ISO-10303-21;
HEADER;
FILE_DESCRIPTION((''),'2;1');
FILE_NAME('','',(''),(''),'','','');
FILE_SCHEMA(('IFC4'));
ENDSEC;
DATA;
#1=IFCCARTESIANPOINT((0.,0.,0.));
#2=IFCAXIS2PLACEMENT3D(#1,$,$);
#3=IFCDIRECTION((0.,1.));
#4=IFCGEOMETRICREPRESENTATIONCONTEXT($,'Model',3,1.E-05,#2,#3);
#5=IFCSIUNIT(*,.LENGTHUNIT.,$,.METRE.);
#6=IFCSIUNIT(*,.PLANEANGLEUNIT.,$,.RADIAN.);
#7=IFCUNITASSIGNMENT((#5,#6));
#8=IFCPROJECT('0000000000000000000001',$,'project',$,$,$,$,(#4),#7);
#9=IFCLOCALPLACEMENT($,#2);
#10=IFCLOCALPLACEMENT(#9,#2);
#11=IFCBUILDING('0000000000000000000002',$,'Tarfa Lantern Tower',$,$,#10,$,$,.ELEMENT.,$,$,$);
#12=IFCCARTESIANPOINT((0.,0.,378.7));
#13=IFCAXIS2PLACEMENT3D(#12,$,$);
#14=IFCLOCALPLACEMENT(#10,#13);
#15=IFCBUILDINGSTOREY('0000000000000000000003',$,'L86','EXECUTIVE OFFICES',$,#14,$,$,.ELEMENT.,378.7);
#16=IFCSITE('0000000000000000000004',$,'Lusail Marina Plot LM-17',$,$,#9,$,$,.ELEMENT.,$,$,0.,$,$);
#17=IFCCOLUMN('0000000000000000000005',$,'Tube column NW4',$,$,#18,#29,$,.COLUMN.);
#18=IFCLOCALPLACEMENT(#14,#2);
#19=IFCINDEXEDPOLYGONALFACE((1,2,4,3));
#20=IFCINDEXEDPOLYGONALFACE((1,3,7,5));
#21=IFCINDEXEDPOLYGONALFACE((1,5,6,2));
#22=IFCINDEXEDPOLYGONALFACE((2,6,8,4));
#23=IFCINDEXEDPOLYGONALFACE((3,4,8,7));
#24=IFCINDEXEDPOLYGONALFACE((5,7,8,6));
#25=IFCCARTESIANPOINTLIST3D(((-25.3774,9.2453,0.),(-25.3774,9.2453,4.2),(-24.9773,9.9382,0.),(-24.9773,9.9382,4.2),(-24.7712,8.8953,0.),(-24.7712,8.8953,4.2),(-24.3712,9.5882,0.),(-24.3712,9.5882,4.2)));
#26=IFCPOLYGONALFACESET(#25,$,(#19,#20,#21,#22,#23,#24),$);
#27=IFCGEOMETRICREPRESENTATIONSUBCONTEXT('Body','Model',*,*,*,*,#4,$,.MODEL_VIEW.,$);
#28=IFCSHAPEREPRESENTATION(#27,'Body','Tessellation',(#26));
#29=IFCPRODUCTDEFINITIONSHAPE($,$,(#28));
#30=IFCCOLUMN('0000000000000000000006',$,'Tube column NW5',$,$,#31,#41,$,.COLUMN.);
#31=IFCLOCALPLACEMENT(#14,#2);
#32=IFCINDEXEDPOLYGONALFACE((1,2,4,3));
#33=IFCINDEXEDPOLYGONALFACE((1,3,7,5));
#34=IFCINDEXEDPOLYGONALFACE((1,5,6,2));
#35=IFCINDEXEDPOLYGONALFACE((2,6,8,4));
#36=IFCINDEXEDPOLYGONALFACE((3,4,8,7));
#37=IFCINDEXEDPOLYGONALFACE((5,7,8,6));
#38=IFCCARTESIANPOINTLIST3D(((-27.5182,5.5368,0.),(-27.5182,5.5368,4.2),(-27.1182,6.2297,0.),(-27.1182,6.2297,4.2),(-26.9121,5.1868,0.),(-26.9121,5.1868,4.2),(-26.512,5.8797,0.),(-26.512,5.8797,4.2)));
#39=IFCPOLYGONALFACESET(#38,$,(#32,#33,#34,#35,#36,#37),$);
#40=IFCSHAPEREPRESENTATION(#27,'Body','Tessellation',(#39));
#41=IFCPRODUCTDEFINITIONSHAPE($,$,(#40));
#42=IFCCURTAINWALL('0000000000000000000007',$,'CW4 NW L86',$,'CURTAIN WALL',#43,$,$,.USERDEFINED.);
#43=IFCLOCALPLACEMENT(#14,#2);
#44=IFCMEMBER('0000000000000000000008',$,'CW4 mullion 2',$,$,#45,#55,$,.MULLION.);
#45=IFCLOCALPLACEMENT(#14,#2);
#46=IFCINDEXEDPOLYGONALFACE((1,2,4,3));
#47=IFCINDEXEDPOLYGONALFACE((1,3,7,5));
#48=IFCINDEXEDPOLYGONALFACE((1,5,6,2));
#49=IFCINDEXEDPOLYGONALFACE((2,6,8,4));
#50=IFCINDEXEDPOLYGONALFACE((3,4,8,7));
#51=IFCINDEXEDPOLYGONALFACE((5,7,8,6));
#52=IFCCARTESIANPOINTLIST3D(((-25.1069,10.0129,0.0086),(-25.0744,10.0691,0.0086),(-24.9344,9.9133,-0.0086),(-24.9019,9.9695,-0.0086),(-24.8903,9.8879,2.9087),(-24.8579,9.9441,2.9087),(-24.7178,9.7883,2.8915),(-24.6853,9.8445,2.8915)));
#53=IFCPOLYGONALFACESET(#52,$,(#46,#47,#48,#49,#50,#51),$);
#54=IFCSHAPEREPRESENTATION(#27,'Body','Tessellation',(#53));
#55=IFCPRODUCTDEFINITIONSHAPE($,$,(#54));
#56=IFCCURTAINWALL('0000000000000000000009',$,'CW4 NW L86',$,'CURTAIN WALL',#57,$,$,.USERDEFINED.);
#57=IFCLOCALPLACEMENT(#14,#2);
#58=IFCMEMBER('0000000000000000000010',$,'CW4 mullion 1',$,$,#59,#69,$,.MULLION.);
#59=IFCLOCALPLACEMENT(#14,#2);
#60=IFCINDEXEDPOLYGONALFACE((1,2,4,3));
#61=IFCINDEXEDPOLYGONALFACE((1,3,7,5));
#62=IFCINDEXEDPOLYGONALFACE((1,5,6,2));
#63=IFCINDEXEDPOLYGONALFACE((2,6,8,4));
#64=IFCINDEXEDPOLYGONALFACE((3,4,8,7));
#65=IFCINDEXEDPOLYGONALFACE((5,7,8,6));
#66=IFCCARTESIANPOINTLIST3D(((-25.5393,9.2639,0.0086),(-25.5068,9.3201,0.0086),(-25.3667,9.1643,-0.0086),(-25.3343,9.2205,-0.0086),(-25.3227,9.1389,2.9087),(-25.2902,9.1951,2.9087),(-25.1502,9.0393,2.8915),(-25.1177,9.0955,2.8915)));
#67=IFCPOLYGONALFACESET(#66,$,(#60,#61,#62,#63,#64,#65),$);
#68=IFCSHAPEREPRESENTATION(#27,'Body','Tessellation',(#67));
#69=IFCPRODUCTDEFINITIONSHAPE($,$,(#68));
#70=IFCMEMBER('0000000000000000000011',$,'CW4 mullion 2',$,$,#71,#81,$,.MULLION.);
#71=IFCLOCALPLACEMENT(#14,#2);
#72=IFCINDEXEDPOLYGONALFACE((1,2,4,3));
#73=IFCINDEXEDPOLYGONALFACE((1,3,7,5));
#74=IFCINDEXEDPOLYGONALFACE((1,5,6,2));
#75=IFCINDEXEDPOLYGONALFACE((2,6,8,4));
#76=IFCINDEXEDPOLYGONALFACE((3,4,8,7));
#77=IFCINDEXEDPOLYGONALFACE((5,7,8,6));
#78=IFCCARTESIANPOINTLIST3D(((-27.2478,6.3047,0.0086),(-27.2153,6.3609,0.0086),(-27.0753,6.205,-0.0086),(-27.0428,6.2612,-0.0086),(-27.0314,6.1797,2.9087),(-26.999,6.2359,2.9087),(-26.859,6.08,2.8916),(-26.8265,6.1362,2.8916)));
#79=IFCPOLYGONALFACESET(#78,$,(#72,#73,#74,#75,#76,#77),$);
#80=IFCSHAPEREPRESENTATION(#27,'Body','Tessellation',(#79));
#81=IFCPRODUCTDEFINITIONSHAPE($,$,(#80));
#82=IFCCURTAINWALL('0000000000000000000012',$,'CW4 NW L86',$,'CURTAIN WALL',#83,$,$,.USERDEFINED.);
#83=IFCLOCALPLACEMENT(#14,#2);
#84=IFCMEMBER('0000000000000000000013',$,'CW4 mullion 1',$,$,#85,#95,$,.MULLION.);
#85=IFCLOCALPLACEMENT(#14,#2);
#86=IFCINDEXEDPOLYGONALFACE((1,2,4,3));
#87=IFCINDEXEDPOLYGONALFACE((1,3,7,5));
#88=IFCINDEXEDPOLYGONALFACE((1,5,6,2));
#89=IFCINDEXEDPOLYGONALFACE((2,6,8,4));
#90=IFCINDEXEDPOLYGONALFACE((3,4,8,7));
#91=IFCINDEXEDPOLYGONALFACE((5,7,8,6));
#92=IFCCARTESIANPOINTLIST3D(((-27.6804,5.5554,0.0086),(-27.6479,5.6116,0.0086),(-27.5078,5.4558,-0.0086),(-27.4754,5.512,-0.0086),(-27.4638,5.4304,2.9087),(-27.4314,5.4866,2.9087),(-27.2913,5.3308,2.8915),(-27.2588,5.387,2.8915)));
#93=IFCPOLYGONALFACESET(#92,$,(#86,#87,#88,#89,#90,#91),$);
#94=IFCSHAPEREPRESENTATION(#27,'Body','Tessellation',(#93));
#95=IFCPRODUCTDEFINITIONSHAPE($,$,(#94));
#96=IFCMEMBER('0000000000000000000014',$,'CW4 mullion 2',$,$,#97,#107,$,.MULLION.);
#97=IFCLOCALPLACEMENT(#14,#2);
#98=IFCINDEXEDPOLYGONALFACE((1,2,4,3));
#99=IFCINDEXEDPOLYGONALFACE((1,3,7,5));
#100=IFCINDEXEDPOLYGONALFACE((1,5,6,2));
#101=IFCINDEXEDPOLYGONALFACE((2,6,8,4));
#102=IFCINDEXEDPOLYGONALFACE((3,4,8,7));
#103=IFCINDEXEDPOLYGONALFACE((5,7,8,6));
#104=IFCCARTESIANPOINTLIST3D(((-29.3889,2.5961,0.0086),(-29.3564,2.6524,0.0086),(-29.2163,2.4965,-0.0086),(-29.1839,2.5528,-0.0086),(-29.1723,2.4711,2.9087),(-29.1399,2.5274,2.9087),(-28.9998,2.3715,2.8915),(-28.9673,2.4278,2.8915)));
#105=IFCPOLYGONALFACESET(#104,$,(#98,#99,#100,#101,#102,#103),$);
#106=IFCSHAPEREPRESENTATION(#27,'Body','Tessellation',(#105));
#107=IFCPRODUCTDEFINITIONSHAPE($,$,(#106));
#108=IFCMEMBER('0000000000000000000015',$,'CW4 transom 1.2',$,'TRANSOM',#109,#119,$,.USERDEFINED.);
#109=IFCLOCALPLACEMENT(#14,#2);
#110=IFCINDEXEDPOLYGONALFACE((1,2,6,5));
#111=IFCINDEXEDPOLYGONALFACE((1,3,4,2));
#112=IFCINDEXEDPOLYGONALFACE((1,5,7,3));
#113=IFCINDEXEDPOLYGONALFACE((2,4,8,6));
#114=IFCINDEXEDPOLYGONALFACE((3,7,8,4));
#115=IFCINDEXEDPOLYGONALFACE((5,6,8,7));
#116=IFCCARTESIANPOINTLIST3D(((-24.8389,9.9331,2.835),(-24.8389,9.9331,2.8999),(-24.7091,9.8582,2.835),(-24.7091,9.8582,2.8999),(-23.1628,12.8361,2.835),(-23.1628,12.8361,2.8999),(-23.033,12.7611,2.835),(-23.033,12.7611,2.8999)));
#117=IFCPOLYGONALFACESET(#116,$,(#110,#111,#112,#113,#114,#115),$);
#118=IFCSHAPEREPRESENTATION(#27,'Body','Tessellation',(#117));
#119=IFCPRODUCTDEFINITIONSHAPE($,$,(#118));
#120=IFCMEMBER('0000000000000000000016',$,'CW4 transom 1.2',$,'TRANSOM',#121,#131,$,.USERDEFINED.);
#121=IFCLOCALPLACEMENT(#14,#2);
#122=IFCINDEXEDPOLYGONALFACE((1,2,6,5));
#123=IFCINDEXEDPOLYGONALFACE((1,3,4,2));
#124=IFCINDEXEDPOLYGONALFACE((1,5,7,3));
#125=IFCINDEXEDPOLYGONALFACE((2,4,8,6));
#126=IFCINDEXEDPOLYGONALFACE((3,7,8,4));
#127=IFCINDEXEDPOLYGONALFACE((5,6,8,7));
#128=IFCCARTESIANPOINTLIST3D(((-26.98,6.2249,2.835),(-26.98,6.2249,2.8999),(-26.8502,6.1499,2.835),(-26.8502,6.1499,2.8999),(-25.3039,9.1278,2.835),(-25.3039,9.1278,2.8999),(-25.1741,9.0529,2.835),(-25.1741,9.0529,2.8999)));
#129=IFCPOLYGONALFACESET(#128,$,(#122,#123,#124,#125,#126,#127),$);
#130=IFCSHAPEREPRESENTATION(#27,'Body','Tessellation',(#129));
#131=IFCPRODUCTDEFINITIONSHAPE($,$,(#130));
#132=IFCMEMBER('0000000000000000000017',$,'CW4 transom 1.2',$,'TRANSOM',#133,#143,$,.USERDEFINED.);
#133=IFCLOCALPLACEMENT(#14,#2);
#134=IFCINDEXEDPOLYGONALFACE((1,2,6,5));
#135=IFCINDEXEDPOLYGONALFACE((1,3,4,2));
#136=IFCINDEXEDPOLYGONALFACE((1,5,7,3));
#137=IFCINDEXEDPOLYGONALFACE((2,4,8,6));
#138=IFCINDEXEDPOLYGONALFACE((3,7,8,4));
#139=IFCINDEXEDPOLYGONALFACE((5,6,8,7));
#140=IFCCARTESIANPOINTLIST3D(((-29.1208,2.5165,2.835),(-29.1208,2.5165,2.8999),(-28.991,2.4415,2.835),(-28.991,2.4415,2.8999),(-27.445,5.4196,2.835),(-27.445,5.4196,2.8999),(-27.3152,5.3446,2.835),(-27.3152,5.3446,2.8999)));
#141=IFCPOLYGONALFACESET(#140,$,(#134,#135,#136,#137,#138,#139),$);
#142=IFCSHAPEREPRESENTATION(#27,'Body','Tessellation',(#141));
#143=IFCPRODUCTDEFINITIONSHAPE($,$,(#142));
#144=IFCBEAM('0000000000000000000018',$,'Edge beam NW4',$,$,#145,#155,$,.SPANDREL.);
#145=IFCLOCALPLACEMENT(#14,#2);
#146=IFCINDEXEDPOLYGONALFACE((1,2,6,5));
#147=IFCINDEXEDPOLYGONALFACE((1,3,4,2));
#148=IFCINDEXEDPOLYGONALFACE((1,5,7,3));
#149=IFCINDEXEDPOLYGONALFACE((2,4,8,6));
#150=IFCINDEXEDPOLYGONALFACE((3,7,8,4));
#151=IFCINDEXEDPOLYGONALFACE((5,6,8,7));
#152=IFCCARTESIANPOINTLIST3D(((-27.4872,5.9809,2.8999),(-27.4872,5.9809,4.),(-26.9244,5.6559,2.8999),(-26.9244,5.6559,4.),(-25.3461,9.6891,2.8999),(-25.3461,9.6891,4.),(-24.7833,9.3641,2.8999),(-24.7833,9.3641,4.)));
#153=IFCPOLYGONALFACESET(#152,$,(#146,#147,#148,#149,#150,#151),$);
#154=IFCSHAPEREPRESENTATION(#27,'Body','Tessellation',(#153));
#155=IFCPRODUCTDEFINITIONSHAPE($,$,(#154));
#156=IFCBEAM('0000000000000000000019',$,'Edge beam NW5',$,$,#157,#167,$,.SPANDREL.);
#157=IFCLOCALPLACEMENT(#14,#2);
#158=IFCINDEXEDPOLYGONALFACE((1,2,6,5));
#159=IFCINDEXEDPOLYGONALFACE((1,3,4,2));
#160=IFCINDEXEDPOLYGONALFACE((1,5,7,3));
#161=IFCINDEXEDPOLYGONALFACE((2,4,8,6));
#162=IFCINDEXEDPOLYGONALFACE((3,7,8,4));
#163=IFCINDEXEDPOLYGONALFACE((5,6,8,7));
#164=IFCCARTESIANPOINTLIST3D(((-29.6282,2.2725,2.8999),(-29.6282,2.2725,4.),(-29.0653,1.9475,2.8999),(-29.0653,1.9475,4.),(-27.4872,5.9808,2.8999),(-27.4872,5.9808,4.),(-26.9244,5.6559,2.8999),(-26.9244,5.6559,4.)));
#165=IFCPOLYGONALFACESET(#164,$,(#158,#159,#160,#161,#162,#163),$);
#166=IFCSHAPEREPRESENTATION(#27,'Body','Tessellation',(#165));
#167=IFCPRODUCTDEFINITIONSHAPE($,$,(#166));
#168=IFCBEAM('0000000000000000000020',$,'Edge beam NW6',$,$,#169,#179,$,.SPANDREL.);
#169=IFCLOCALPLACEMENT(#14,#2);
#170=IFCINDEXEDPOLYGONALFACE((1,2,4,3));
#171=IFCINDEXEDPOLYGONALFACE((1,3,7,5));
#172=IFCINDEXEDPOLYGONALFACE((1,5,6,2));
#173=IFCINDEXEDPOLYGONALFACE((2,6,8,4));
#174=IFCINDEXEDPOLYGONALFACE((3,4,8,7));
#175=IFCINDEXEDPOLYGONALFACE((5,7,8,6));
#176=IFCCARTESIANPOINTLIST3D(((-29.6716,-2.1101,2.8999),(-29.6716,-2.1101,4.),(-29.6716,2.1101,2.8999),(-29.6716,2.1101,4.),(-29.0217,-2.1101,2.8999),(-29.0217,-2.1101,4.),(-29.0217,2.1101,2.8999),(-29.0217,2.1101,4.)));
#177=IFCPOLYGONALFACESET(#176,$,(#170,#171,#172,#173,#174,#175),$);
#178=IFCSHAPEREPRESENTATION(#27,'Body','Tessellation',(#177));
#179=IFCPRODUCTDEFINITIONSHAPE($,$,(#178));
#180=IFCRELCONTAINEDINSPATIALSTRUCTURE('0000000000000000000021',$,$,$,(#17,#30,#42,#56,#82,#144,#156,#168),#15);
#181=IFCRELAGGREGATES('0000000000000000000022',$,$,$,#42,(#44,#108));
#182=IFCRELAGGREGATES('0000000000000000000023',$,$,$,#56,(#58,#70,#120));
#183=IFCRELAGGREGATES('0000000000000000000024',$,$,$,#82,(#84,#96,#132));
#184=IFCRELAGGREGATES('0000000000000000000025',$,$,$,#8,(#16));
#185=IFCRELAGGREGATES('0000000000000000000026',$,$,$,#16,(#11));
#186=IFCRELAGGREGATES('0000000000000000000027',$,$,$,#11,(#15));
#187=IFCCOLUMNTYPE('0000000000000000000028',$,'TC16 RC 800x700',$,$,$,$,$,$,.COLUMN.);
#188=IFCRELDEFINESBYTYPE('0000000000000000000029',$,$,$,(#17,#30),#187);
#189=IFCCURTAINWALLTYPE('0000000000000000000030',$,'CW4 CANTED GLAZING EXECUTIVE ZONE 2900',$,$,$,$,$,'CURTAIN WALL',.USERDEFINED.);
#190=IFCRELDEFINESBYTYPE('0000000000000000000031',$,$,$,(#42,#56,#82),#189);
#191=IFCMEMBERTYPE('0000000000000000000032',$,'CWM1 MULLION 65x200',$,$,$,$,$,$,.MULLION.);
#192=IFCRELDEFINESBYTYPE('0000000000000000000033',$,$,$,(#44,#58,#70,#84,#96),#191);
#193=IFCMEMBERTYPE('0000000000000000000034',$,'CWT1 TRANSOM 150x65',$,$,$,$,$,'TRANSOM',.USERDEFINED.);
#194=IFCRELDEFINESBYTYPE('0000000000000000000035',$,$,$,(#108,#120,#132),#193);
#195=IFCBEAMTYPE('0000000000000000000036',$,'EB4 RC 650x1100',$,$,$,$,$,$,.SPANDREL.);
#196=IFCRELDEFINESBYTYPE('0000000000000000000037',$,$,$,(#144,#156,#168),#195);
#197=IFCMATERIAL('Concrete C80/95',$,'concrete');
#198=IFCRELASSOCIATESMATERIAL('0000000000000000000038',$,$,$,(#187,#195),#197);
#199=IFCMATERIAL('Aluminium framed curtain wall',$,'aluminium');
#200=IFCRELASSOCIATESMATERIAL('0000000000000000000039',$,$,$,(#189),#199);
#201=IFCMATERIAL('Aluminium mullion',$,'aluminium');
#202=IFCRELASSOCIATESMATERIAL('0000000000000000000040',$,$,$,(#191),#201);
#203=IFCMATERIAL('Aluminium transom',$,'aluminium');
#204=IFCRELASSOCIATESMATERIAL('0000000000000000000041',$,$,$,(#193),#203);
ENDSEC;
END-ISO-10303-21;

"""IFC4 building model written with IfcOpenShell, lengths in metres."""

from ifc_helpers import new_model, si_unit, direction, frame, origin, origin_2d, place, context, subcontext, project, spatial, rectangle, extrude, material, material_profile, profile_set, type_object, element, aggregate, save


model = new_model("IFC4")

# Units and contexts
model_context = context("Model", 3, precision=1e-05, world=origin(), true_north=direction((0.0, 1.0)))
body_context = subcontext(model_context, "Body", "Model", "MODEL_VIEW")
ifc_project = project(units=[si_unit("LENGTHUNIT", "METRE"), si_unit("PLANEANGLEUNIT", "RADIAN")], contexts=[model_context])

# Site, building, storey
site_placement = place(None, origin())
site = spatial("IfcSite", under=ifc_project, at=site_placement, Name="Lusail Marina Plot LM-17", CompositionType="ELEMENT", RefElevation=0.0)
building_placement = place(site_placement, origin())
building = spatial("IfcBuilding", under=site, at=building_placement, Name="Tarfa Lantern Tower", CompositionType="ELEMENT")
storey_placement = place(building_placement, frame((0.0, 0.0, 378.7)))
storey = spatial("IfcBuildingStorey", under=building, at=storey_placement, Name="L86", Description="EXECUTIVE OFFICES", CompositionType="ELEMENT", Elevation=378.7)

# Columns
ifc_material_1 = material(Name="Concrete C80/95", Category="concrete")
ifc_material_profile_1 = material_profile(ifc_material_1, rectangle(XDim=0.8, YDim=0.7, at=origin_2d()), Name="RC 800x700")
ifc_profile_set_1 = profile_set([ifc_material_profile_1], Name="Concrete C80/95")
column_type = type_object("IfcColumnType", Name="TC16 RC 800x700", PredefinedType="COLUMN", material=ifc_profile_set_1)
for number, where, z_axis, x_axis, name in (
    (1, (-24.8743, 9.4167, 0.0), (0.0, 0.0, 1.0), (-0.5, -0.866025, 0.0), "Tube column NW4"),
    (2, (-27.0151, 5.7083, 0.0), (0.0, 0.0, 1.0), (-0.5, -0.866025, 0.0), "Tube column NW5"),
):
    element("IfcColumn", number, at=place(storey_placement, frame(where, z_axis=z_axis, x_axis=x_axis)), inside=storey, type_object=column_type, Name=name, PredefinedType="COLUMN", context=body_context, shape_type="SweptSolid", body=[
        extrude(rectangle(XDim=0.8, YDim=0.7, at=origin_2d()), origin(), (0.0, 0.0, 1.0), 4.2),
    ])

# Curtain wall, member
ifc_material_2 = material(Name="Aluminium framed curtain wall", Category="aluminium")
curtain_wall_type = type_object("IfcCurtainWallType", Name="CW4 CANTED GLAZING EXECUTIVE ZONE 2900", ElementType="CURTAIN WALL", PredefinedType="USERDEFINED", material=ifc_material_2)
curtain_wall_1_placement = place(storey_placement, origin())
curtain_wall_1 = element("IfcCurtainWall", 3, at=curtain_wall_1_placement, inside=storey, type_object=curtain_wall_type, Name="CW4 NW L86", ObjectType="CURTAIN WALL", PredefinedType="USERDEFINED")
ifc_material_3 = material(Name="Aluminium mullion", Category="aluminium")
ifc_material_profile_2 = material_profile(ifc_material_3, rectangle(XDim=0.0649, YDim=0.2, at=origin_2d()), Name="AL MULLION 65x200")
ifc_profile_set_2 = profile_set([ifc_material_profile_2], Name="Aluminium mullion")
member_type_1 = type_object("IfcMemberType", Name="CWM1 MULLION 65x200", PredefinedType="MULLION", material=ifc_profile_set_2)
member_1_placement = place(storey_placement, frame((-25.0044, 9.9912, 0.0), z_axis=(0.074394, -0.042942, 0.996304), x_axis=(0.49992, 0.866072, 0.0)))
member_1 = element("IfcMember", 4, at=member_1_placement, type_object=member_type_1, Name="CW4 mullion 2", PredefinedType="MULLION", context=body_context, shape_type="SweptSolid", body=[
    extrude(rectangle(XDim=0.0649, YDim=0.2, at=origin_2d()), origin(), (0.0, 0.0, 1.0), 2.9109),
])

# Curtain walls, members
curtain_wall_2_placement = place(storey_placement, origin())
curtain_wall_2 = element("IfcCurtainWall", 5, at=curtain_wall_2_placement, inside=storey, type_object=curtain_wall_type, Name="CW4 NW L86", ObjectType="CURTAIN WALL", PredefinedType="USERDEFINED")
member_2_placement = place(storey_placement, frame((-25.4368, 9.2422, 0.0), z_axis=(0.074394, -0.042942, 0.996304), x_axis=(0.49992, 0.866072, 0.0)))
member_2 = element("IfcMember", 6, at=member_2_placement, type_object=member_type_1, Name="CW4 mullion 1", PredefinedType="MULLION", context=body_context, shape_type="SweptSolid", body=[
    extrude(rectangle(XDim=0.0649, YDim=0.2, at=origin_2d()), origin(), (0.0, 0.0, 1.0), 2.9109),
])
member_3_placement = place(storey_placement, frame((-27.1453, 6.283, 0.0), z_axis=(0.07431, -0.042942, 0.99631), x_axis=(0.500343, 0.865827, 0.0)))
member_3 = element("IfcMember", 7, at=member_3_placement, type_object=member_type_1, Name="CW4 mullion 2", PredefinedType="MULLION", context=body_context, shape_type="SweptSolid", body=[
    extrude(rectangle(XDim=0.0649, YDim=0.2, at=origin_2d()), origin(), (0.0, 0.0, 1.0), 2.9109),
])
curtain_wall_3_placement = place(storey_placement, origin())
curtain_wall_3 = element("IfcCurtainWall", 8, at=curtain_wall_3_placement, inside=storey, type_object=curtain_wall_type, Name="CW4 NW L86", ObjectType="CURTAIN WALL", PredefinedType="USERDEFINED")
member_4_placement = place(storey_placement, frame((-27.5779, 5.5337, 0.0), z_axis=(0.074394, -0.042942, 0.996304), x_axis=(0.49992, 0.866072, 0.0)))
member_4 = element("IfcMember", 9, at=member_4_placement, type_object=member_type_1, Name="CW4 mullion 1", PredefinedType="MULLION", context=body_context, shape_type="SweptSolid", body=[
    extrude(rectangle(XDim=0.0649, YDim=0.2, at=origin_2d()), origin(), (0.0, 0.0, 1.0), 2.9109),
])
member_5_placement = place(storey_placement, frame((-29.2864, 2.5745, 0.0), z_axis=(0.074394, -0.042942, 0.996304), x_axis=(0.49992, 0.866072, 0.0)))
member_5 = element("IfcMember", 10, at=member_5_placement, type_object=member_type_1, Name="CW4 mullion 2", PredefinedType="MULLION", context=body_context, shape_type="SweptSolid", body=[
    extrude(rectangle(XDim=0.0649, YDim=0.2, at=origin_2d()), origin(), (0.0, 0.0, 1.0), 2.9109),
])

# Members
ifc_material_4 = material(Name="Aluminium transom", Category="aluminium")
ifc_material_profile_3 = material_profile(ifc_material_4, rectangle(XDim=0.1499, YDim=0.0649, at=origin_2d()), Name="AL TRANSOM 150x65")
ifc_profile_set_3 = profile_set([ifc_material_profile_3], Name="Aluminium transom")
member_type_2 = type_object("IfcMemberType", Name="CWT1 TRANSOM 150x65", ElementType="TRANSOM", PredefinedType="USERDEFINED", material=ifc_profile_set_3)
member_6_placement = place(storey_placement, frame((-23.0979, 12.7986, 2.8674), z_axis=(-0.500017, -0.866016, 0.0), x_axis=(0.866016, -0.500017, 0.0)))
member_6 = element("IfcMember", 11, at=member_6_placement, type_object=member_type_2, Name="CW4 transom 1.2", ObjectType="TRANSOM", PredefinedType="USERDEFINED", context=body_context, shape_type="SweptSolid", body=[
    extrude(rectangle(XDim=0.1499, YDim=0.0649, at=origin_2d()), origin(), (0.0, 0.0, 1.0), 3.3521),
])
aggregate(curtain_wall_1, [member_1, member_6])
member_7_placement = place(storey_placement, frame((-25.239, 9.0903, 2.8674), z_axis=(-0.500017, -0.866016, 0.0), x_axis=(0.866016, -0.500017, 0.0)))
member_7 = element("IfcMember", 12, at=member_7_placement, type_object=member_type_2, Name="CW4 transom 1.2", ObjectType="TRANSOM", PredefinedType="USERDEFINED", context=body_context, shape_type="SweptSolid", body=[
    extrude(rectangle(XDim=0.1499, YDim=0.0649, at=origin_2d()), origin(), (0.0, 0.0, 1.0), 3.3521),
])
member_8_placement = place(storey_placement, frame((-27.3801, 5.3821, 2.8674), z_axis=(-0.499931, -0.866066, 0.0), x_axis=(0.866066, -0.499931, 0.0)))
member_8 = element("IfcMember", 13, at=member_8_placement, type_object=member_type_2, Name="CW4 transom 1.2", ObjectType="TRANSOM", PredefinedType="USERDEFINED", context=body_context, shape_type="SweptSolid", body=[
    extrude(rectangle(XDim=0.1499, YDim=0.0649, at=origin_2d()), origin(), (0.0, 0.0, 1.0), 3.3521),
])

# Beams
ifc_material_profile_4 = material_profile(ifc_material_1, rectangle(XDim=0.6499, YDim=1.1001, at=origin_2d()), Name="RC 650x1100")
ifc_profile_set_4 = profile_set([ifc_material_profile_4], Name="Concrete C80/95")
beam_type_1 = type_object("IfcBeamType", Name="EB4 RC 650x1100", PredefinedType="SPANDREL", material=ifc_profile_set_4)
for number, where, z_axis, x_axis, name in (
    (14, (-25.0647, 9.5266, 3.45), (-0.500027, -0.86601, 0.0), (0.86601, -0.500027, 0.0), "Edge beam NW4"),
    (15, (-27.2058, 5.8184, 3.45), (-0.499984, -0.866035, 0.0), (0.866035, -0.499984, 0.0), "Edge beam NW5"),
):
    element("IfcBeam", number, at=place(storey_placement, frame(where, z_axis=z_axis, x_axis=x_axis)), inside=storey, type_object=beam_type_1, Name=name, PredefinedType="SPANDREL", context=body_context, shape_type="SweptSolid", body=[
        extrude(rectangle(XDim=0.6499, YDim=1.1001, at=origin_2d()), origin(), (0.0, 0.0, 1.0), 4.282),
    ])
beam_1_placement = place(storey_placement, frame((-29.3467, 2.1101, 3.45), z_axis=(0.0, -1.0, 0.0), x_axis=(1.0, 0.0, 0.0)))
element("IfcBeam", 16, at=beam_1_placement, inside=storey, type_object=beam_type_1, Name="Edge beam NW6", PredefinedType="SPANDREL", context=body_context, shape_type="SweptSolid", body=[
    extrude(rectangle(XDim=0.6499, YDim=1.1001, at=origin_2d()), origin(), (0.0, 0.0, 1.0), 4.2202),
])

aggregate(curtain_wall_2, [member_2, member_3, member_7])
aggregate(curtain_wall_3, [member_4, member_5, member_8])

save(model, "model.ifc")
